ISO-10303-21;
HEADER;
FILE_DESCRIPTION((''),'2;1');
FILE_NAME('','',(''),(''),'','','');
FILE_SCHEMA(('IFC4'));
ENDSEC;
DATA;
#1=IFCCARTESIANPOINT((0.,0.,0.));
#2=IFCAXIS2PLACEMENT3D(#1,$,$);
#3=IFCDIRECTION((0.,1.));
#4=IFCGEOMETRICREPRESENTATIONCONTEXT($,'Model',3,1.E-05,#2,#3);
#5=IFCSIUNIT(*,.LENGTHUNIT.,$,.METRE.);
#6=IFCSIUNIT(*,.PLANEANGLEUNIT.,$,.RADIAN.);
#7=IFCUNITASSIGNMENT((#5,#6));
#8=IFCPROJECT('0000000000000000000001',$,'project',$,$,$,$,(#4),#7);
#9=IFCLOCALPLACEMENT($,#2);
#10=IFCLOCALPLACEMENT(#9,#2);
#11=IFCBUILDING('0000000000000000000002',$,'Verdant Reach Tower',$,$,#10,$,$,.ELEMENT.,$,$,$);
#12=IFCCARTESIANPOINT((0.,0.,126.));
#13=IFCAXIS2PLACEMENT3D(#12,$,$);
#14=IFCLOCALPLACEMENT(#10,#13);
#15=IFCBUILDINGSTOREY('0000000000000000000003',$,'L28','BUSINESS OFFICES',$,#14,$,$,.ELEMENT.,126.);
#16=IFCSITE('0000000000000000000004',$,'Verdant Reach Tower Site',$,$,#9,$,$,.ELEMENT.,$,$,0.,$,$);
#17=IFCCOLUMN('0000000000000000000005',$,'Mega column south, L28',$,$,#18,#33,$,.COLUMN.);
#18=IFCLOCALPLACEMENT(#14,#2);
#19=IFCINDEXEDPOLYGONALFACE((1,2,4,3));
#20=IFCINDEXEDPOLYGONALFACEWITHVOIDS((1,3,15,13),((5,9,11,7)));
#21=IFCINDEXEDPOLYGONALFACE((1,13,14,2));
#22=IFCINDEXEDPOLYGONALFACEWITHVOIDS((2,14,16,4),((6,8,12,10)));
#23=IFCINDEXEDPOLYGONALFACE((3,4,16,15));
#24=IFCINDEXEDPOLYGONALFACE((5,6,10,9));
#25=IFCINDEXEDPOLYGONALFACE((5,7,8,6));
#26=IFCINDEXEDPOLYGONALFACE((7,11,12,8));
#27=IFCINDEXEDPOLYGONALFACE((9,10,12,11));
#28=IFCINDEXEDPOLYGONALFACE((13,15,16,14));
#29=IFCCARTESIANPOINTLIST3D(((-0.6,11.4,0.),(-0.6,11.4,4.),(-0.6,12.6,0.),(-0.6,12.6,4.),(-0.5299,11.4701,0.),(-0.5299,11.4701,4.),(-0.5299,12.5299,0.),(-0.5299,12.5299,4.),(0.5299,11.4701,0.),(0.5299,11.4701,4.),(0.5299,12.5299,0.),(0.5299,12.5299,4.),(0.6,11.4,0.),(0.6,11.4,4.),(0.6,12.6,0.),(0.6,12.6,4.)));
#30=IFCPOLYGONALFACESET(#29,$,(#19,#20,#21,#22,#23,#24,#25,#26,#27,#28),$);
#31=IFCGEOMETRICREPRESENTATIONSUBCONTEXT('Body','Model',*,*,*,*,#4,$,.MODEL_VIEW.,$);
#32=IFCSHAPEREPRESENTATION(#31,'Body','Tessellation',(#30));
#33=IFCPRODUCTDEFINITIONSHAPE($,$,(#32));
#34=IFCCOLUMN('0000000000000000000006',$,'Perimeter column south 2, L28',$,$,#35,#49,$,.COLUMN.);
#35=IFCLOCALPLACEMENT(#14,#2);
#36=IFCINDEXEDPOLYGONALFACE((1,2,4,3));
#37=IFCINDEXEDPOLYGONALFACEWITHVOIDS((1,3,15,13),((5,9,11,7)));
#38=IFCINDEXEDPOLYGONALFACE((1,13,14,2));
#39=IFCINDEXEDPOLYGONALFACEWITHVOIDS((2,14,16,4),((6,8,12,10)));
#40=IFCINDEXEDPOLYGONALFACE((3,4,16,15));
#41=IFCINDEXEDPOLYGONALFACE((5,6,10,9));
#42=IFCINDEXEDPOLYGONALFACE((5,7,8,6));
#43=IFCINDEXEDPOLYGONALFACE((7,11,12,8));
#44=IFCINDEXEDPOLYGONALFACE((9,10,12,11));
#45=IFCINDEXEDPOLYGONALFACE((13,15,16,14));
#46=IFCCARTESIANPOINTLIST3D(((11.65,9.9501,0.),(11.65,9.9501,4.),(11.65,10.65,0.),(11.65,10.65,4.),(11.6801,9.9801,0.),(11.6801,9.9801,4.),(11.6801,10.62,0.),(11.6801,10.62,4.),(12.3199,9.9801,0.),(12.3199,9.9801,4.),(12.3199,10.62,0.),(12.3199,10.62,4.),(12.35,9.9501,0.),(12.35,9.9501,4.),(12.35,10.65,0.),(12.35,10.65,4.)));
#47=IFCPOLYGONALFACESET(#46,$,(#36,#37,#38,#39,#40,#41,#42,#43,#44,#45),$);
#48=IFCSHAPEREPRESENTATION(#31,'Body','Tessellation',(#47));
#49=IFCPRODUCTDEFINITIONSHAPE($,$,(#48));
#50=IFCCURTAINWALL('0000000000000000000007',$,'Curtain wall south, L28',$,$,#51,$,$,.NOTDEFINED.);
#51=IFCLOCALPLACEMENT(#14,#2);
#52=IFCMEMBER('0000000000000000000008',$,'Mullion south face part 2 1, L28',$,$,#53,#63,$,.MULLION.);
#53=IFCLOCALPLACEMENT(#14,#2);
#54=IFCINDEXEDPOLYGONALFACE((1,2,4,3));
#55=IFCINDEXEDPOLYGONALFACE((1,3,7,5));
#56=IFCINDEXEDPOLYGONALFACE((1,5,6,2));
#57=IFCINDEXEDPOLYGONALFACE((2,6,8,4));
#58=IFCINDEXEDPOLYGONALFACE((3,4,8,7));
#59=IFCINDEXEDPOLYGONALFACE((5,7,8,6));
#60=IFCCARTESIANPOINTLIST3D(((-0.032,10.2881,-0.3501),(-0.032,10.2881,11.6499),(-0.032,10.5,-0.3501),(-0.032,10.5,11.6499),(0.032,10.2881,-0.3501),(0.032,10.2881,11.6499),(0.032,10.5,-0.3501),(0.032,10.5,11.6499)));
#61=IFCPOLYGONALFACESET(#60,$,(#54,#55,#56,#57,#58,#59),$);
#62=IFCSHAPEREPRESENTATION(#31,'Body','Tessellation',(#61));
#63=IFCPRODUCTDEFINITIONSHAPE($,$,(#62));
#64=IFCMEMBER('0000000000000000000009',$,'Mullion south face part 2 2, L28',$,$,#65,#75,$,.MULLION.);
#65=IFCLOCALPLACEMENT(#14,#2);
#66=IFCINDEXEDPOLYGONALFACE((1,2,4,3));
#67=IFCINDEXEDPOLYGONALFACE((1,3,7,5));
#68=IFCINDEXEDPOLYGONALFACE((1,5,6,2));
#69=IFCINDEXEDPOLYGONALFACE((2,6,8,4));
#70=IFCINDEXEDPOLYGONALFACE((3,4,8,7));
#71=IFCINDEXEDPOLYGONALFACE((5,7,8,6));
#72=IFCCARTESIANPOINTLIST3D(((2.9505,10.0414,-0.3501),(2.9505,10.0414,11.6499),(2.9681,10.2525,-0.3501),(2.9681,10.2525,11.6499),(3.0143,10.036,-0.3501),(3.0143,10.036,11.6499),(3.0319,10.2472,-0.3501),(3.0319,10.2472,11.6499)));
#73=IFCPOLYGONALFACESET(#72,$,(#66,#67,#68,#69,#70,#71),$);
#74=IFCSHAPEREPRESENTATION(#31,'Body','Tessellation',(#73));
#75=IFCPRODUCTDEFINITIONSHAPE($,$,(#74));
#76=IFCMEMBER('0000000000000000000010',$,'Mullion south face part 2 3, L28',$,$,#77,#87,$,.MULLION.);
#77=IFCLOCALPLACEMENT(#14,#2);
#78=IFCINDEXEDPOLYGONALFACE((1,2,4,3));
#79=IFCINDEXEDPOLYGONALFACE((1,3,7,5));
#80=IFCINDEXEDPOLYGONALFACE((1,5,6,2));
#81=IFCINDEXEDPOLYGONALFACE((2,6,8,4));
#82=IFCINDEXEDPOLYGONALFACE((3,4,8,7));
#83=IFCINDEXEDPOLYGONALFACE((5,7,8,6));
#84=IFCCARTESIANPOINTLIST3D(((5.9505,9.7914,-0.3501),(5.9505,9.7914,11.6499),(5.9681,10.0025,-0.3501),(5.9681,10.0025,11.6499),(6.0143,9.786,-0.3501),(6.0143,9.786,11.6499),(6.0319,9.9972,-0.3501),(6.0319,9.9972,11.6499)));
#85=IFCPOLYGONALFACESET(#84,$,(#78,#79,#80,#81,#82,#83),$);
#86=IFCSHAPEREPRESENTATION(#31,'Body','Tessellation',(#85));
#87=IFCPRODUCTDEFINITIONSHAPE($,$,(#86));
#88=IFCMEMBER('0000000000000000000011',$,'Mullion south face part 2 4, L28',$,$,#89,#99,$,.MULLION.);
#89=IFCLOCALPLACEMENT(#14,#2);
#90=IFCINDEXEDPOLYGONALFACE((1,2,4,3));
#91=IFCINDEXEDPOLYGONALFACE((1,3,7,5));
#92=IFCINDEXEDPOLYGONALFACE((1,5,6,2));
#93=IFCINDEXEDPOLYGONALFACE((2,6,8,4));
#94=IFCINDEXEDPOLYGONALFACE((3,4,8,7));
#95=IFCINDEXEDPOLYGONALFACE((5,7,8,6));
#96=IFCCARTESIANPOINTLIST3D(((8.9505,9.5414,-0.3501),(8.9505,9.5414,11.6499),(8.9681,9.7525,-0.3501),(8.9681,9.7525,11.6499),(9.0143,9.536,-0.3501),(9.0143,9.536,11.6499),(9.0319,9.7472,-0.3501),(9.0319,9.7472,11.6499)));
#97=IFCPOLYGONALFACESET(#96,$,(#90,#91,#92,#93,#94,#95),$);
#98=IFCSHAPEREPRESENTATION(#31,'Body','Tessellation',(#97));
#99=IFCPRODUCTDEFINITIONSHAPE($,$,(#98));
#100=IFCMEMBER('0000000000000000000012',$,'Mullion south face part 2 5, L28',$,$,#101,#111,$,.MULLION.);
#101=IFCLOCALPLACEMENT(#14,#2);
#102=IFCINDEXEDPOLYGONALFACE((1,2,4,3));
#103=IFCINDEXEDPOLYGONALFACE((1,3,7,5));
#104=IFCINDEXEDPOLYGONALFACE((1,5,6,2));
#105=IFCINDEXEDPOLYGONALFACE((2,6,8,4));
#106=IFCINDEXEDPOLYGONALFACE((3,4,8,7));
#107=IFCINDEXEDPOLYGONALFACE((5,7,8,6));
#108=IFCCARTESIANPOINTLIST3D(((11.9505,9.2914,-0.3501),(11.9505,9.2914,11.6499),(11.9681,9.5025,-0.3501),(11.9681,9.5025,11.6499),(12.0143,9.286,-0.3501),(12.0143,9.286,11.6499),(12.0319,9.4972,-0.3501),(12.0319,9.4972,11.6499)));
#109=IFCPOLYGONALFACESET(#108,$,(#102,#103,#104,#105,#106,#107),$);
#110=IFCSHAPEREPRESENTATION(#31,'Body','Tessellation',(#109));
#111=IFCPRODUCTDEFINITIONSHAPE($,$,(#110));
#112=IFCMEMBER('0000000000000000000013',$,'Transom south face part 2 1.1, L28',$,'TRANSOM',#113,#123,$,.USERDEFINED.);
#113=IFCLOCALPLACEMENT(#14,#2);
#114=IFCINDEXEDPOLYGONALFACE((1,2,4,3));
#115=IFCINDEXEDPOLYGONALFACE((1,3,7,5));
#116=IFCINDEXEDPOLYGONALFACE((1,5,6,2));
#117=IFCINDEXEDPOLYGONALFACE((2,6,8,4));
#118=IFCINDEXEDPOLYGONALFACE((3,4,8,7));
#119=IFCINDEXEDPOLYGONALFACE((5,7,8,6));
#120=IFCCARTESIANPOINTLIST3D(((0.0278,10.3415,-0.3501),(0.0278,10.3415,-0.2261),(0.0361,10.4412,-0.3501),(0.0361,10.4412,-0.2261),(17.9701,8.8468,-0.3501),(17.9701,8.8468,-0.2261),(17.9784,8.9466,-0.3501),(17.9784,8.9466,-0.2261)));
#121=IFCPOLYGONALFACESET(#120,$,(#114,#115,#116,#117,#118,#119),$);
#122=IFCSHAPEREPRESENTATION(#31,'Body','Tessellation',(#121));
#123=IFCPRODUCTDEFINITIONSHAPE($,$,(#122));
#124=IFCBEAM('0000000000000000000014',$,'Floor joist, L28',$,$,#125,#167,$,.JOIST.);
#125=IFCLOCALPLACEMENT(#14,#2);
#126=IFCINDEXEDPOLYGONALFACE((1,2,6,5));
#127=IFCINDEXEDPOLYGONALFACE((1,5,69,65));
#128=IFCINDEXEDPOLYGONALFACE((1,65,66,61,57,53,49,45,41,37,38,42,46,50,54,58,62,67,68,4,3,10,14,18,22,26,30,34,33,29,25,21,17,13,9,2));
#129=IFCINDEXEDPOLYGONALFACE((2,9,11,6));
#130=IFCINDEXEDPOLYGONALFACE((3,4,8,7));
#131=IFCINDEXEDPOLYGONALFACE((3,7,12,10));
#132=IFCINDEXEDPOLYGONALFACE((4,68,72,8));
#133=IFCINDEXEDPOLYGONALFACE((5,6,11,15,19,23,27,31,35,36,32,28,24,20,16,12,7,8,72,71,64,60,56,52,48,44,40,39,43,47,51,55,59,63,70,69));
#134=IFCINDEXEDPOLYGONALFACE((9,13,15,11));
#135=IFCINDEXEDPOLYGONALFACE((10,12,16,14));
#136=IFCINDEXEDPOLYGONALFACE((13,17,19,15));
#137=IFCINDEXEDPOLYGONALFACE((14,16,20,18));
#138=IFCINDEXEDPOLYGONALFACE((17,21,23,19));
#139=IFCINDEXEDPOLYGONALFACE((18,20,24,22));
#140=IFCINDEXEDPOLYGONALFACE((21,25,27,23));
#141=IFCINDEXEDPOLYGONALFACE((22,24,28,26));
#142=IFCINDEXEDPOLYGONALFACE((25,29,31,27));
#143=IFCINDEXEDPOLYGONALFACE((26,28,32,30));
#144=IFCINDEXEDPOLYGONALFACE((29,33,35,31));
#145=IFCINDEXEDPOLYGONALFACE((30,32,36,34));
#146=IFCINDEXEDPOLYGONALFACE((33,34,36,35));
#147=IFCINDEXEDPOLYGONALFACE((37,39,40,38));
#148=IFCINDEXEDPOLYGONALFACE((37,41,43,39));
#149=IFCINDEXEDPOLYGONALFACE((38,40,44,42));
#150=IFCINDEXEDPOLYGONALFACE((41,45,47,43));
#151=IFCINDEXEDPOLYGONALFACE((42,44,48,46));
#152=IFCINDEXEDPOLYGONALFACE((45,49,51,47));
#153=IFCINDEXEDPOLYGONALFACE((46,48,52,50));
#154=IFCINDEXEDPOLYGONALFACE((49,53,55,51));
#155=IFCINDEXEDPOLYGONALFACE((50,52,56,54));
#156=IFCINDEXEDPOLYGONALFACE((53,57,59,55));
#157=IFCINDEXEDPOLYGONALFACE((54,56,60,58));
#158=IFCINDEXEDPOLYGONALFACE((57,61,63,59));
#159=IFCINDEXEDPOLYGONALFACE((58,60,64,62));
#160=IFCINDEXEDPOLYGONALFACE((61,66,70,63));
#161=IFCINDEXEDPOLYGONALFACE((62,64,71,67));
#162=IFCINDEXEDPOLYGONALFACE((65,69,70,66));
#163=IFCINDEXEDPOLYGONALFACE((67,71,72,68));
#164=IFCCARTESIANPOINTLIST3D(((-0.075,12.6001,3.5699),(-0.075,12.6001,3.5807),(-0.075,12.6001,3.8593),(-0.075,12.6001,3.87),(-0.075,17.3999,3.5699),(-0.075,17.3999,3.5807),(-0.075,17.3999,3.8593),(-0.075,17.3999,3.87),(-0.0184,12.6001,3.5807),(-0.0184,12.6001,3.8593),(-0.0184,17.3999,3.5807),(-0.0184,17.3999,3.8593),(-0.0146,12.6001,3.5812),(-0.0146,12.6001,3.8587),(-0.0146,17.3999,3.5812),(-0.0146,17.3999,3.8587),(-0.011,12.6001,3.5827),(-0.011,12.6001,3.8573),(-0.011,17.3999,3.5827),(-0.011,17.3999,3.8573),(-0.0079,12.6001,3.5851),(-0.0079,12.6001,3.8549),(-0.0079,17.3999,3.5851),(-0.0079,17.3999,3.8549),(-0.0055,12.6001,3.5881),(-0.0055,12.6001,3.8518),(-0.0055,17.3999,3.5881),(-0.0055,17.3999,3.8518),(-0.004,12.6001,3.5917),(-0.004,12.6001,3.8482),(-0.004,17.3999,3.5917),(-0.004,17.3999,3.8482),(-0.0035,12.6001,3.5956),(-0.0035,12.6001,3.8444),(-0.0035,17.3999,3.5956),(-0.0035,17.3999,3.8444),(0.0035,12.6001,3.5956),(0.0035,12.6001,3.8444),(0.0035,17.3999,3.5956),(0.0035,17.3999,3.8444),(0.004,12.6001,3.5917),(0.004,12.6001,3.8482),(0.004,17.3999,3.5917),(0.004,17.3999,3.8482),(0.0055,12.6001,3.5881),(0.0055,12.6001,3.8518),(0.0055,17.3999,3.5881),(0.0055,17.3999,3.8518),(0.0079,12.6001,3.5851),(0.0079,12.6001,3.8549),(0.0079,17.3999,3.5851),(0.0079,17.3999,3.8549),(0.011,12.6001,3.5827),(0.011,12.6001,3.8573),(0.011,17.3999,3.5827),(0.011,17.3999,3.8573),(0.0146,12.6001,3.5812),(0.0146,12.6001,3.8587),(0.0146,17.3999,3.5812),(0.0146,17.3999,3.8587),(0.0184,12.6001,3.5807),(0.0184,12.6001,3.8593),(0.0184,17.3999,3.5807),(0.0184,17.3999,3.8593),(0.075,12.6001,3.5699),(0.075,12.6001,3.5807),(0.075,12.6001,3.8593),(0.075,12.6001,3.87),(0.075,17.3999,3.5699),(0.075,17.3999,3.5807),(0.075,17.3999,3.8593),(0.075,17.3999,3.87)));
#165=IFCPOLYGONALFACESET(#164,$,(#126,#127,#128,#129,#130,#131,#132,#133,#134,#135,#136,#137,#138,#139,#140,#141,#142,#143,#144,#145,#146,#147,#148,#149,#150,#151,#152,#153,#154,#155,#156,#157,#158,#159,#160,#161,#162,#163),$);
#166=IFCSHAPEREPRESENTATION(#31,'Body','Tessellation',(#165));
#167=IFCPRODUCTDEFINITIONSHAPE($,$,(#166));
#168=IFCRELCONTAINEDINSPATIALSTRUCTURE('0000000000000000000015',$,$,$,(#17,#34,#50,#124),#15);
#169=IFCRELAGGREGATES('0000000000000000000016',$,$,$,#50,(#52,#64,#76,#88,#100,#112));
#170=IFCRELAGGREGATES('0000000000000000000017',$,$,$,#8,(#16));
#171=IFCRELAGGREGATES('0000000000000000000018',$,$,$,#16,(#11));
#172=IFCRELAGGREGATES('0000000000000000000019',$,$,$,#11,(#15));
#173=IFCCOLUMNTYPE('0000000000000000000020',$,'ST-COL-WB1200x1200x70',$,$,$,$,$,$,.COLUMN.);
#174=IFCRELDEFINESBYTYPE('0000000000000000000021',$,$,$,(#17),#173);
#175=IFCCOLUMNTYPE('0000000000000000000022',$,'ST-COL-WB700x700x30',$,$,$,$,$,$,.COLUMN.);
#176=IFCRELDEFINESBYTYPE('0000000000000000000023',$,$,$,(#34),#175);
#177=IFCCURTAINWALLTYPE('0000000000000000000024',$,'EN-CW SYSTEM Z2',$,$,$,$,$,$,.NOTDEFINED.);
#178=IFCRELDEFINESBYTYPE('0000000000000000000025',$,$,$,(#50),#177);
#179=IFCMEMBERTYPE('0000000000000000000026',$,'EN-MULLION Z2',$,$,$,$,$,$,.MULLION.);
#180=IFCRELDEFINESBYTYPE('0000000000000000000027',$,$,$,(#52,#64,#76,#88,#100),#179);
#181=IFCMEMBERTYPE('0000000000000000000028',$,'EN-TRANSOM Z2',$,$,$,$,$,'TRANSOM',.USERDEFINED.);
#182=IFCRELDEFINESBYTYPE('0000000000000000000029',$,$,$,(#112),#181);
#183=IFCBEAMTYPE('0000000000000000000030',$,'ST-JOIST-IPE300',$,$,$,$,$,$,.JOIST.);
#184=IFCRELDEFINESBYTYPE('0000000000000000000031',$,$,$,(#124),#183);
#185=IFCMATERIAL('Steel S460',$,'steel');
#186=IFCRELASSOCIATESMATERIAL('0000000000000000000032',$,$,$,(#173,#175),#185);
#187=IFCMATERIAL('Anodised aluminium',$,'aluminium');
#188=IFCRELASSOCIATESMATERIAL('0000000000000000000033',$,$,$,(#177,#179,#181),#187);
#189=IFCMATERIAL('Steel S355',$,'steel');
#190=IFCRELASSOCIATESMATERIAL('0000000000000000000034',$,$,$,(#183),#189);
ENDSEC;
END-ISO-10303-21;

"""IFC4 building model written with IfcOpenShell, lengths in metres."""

from ifc_helpers import new_model, si_unit, direction, frame, origin, origin_2d, place, context, subcontext, project, spatial, rectangle, hollow_rectangle, i_section, extrude, material, material_profile, profile_set, type_object, element, aggregate, save


model = new_model("IFC4")

# Units and contexts
model_context = context("Model", 3, precision=1e-05, world=origin(), true_north=direction((0.0, 1.0)))
body_context = subcontext(model_context, "Body", "Model", "MODEL_VIEW")
ifc_project = project(units=[si_unit("LENGTHUNIT", "METRE"), si_unit("PLANEANGLEUNIT", "RADIAN")], contexts=[model_context])

# Site, building, storey
site_placement = place(None, origin())
site = spatial("IfcSite", under=ifc_project, at=site_placement, Name="Verdant Reach Tower Site", CompositionType="ELEMENT", RefElevation=0.0)
building_placement = place(site_placement, origin())
building = spatial("IfcBuilding", under=site, at=building_placement, Name="Verdant Reach Tower", CompositionType="ELEMENT")
storey_placement = place(building_placement, frame((0.0, 0.0, 126.0)))
storey = spatial("IfcBuildingStorey", under=building, at=storey_placement, Name="L28", Description="BUSINESS OFFICES", CompositionType="ELEMENT", Elevation=126.0)

# Columns
ifc_material_1 = material(Name="Steel S460", Category="steel")
ifc_material_profile_1 = material_profile(ifc_material_1, hollow_rectangle(XDim=1.2, YDim=1.2, WallThickness=0.0701, at=origin_2d()), Name="WB 1200x1200x70")
ifc_profile_set_1 = profile_set([ifc_material_profile_1], Name="Steel S460")
column_type_1 = type_object("IfcColumnType", Name="ST-COL-WB1200x1200x70", PredefinedType="COLUMN", material=ifc_profile_set_1)
column_1_placement = place(storey_placement, frame((0.0, 12.0, 0.0), z_axis=(0.0, 0.0, 1.0), x_axis=(1.0, 0.0, 0.0)))
element("IfcColumn", 1, at=column_1_placement, inside=storey, type_object=column_type_1, Name="Mega column south, L28", PredefinedType="COLUMN", context=body_context, shape_type="SweptSolid", body=[
    extrude(hollow_rectangle(XDim=1.2, YDim=1.2, WallThickness=0.0701, at=origin_2d()), origin(), (0.0, 0.0, 1.0), 4.0),
])
ifc_material_profile_2 = material_profile(ifc_material_1, hollow_rectangle(XDim=0.7, YDim=0.7, WallThickness=0.03, at=origin_2d()), Name="WB 700x700x30")
ifc_profile_set_2 = profile_set([ifc_material_profile_2], Name="Steel S460")
column_type_2 = type_object("IfcColumnType", Name="ST-COL-WB700x700x30", PredefinedType="COLUMN", material=ifc_profile_set_2)
column_2_placement = place(storey_placement, frame((12.0, 10.3, 0.0), z_axis=(0.0, 0.0, 1.0), x_axis=(1.0, 0.0, 0.0)))
element("IfcColumn", 2, at=column_2_placement, inside=storey, type_object=column_type_2, Name="Perimeter column south 2, L28", PredefinedType="COLUMN", context=body_context, shape_type="SweptSolid", body=[
    extrude(hollow_rectangle(XDim=0.7, YDim=0.7, WallThickness=0.03, at=origin_2d()), origin(), (0.0, 0.0, 1.0), 4.0),
])

# Curtain wall, members
ifc_material_2 = material(Name="Anodised aluminium", Category="aluminium")
curtain_wall_type = type_object("IfcCurtainWallType", Name="EN-CW SYSTEM Z2", PredefinedType="NOTDEFINED", material=ifc_material_2)
curtain_wall_placement = place(storey_placement, origin())
curtain_wall = element("IfcCurtainWall", 3, at=curtain_wall_placement, inside=storey, type_object=curtain_wall_type, Name="Curtain wall south, L28", PredefinedType="NOTDEFINED")
ifc_material_profile_3 = material_profile(ifc_material_2, rectangle(XDim=0.2119, YDim=0.064, at=origin_2d()), Name="Mullion 64x212")
ifc_profile_set_3 = profile_set([ifc_material_profile_3], Name="Anodised aluminium")
member_type_1 = type_object("IfcMemberType", Name="EN-MULLION Z2", PredefinedType="MULLION", material=ifc_profile_set_3)
member_1_placement = place(storey_placement, frame((0.0, 10.394, -0.3501), z_axis=(0.0, 0.0, 1.0), x_axis=(0.0, -1.0, 0.0)))
member_1 = element("IfcMember", 4, at=member_1_placement, type_object=member_type_1, Name="Mullion south face part 2 1, L28", PredefinedType="MULLION", context=body_context, shape_type="SweptSolid", body=[
    extrude(rectangle(XDim=0.2119, YDim=0.064, at=origin_2d()), origin(), (0.0, 0.0, 1.0), 12.0),
])
member_2_placement = place(storey_placement, frame((2.9912, 10.1443, -0.3501), z_axis=(0.0, 0.0, 1.0), x_axis=(-0.083045, -0.996546, 0.0)))
member_2 = element("IfcMember", 5, at=member_2_placement, type_object=member_type_1, Name="Mullion south face part 2 2, L28", PredefinedType="MULLION", context=body_context, shape_type="SweptSolid", body=[
    extrude(rectangle(XDim=0.2119, YDim=0.064, at=origin_2d()), origin(), (0.0, 0.0, 1.0), 12.0),
])
member_3_placement = place(storey_placement, frame((5.9912, 9.8943, -0.3501), z_axis=(0.0, 0.0, 1.0), x_axis=(-0.083045, -0.996546, 0.0)))
member_3 = element("IfcMember", 6, at=member_3_placement, type_object=member_type_1, Name="Mullion south face part 2 3, L28", PredefinedType="MULLION", context=body_context, shape_type="SweptSolid", body=[
    extrude(rectangle(XDim=0.2119, YDim=0.064, at=origin_2d()), origin(), (0.0, 0.0, 1.0), 12.0),
])
member_4_placement = place(storey_placement, frame((8.9912, 9.6443, -0.3501), z_axis=(0.0, 0.0, 1.0), x_axis=(-0.083045, -0.996546, 0.0)))
member_4 = element("IfcMember", 7, at=member_4_placement, type_object=member_type_1, Name="Mullion south face part 2 4, L28", PredefinedType="MULLION", context=body_context, shape_type="SweptSolid", body=[
    extrude(rectangle(XDim=0.2119, YDim=0.064, at=origin_2d()), origin(), (0.0, 0.0, 1.0), 12.0),
])
member_5_placement = place(storey_placement, frame((11.9912, 9.3943, -0.3501), z_axis=(0.0, 0.0, 1.0), x_axis=(-0.083045, -0.996546, 0.0)))
member_5 = element("IfcMember", 8, at=member_5_placement, type_object=member_type_1, Name="Mullion south face part 2 5, L28", PredefinedType="MULLION", context=body_context, shape_type="SweptSolid", body=[
    extrude(rectangle(XDim=0.2119, YDim=0.064, at=origin_2d()), origin(), (0.0, 0.0, 1.0), 12.0),
])
ifc_material_profile_4 = material_profile(ifc_material_2, rectangle(XDim=0.1001, YDim=0.124, at=origin_2d()), Name="Transom 124x100")
ifc_profile_set_4 = profile_set([ifc_material_profile_4], Name="Anodised aluminium")
member_type_2 = type_object("IfcMemberType", Name="EN-TRANSOM Z2", ElementType="TRANSOM", PredefinedType="USERDEFINED", material=ifc_profile_set_4)
member_6_placement = place(storey_placement, frame((0.032, 10.3914, -0.2881), z_axis=(0.996548, -0.083015, 0.0), x_axis=(0.083015, 0.996548, 0.0)))
member_6 = element("IfcMember", 9, at=member_6_placement, type_object=member_type_2, Name="Transom south face part 2 1.1, L28", ObjectType="TRANSOM", PredefinedType="USERDEFINED", context=body_context, shape_type="SweptSolid", body=[
    extrude(rectangle(XDim=0.1001, YDim=0.124, at=origin_2d()), origin(), (0.0, 0.0, 1.0), 18.0044),
])

# Beam
ifc_material_3 = material(Name="Steel S355", Category="steel")
ifc_material_profile_5 = material_profile(ifc_material_3, i_section(OverallWidth=0.1499, OverallDepth=0.3, WebThickness=0.0071, FlangeThickness=0.0107, FilletRadius=0.0149, at=origin_2d()), Name="IPE 300")
ifc_profile_set_5 = profile_set([ifc_material_profile_5], Name="Steel S355")
beam_type_1 = type_object("IfcBeamType", Name="ST-JOIST-IPE300", PredefinedType="JOIST", material=ifc_profile_set_5)
beam_1_placement = place(storey_placement, frame((0.0, 17.3999, 3.72), z_axis=(0.0, -1.0, 0.0), x_axis=(1.0, 0.0, 0.0)))
element("IfcBeam", 10, at=beam_1_placement, inside=storey, type_object=beam_type_1, Name="Floor joist, L28", PredefinedType="JOIST", context=body_context, shape_type="SweptSolid", body=[
    extrude(i_section(OverallWidth=0.1499, OverallDepth=0.3, WebThickness=0.0071, FlangeThickness=0.0107, FilletRadius=0.0149, at=origin_2d()), origin(), (0.0, 0.0, 1.0), 4.7998),
])

aggregate(curtain_wall, [member_1, member_2, member_3, member_4, member_5, member_6])

save(model, "model.ifc")
